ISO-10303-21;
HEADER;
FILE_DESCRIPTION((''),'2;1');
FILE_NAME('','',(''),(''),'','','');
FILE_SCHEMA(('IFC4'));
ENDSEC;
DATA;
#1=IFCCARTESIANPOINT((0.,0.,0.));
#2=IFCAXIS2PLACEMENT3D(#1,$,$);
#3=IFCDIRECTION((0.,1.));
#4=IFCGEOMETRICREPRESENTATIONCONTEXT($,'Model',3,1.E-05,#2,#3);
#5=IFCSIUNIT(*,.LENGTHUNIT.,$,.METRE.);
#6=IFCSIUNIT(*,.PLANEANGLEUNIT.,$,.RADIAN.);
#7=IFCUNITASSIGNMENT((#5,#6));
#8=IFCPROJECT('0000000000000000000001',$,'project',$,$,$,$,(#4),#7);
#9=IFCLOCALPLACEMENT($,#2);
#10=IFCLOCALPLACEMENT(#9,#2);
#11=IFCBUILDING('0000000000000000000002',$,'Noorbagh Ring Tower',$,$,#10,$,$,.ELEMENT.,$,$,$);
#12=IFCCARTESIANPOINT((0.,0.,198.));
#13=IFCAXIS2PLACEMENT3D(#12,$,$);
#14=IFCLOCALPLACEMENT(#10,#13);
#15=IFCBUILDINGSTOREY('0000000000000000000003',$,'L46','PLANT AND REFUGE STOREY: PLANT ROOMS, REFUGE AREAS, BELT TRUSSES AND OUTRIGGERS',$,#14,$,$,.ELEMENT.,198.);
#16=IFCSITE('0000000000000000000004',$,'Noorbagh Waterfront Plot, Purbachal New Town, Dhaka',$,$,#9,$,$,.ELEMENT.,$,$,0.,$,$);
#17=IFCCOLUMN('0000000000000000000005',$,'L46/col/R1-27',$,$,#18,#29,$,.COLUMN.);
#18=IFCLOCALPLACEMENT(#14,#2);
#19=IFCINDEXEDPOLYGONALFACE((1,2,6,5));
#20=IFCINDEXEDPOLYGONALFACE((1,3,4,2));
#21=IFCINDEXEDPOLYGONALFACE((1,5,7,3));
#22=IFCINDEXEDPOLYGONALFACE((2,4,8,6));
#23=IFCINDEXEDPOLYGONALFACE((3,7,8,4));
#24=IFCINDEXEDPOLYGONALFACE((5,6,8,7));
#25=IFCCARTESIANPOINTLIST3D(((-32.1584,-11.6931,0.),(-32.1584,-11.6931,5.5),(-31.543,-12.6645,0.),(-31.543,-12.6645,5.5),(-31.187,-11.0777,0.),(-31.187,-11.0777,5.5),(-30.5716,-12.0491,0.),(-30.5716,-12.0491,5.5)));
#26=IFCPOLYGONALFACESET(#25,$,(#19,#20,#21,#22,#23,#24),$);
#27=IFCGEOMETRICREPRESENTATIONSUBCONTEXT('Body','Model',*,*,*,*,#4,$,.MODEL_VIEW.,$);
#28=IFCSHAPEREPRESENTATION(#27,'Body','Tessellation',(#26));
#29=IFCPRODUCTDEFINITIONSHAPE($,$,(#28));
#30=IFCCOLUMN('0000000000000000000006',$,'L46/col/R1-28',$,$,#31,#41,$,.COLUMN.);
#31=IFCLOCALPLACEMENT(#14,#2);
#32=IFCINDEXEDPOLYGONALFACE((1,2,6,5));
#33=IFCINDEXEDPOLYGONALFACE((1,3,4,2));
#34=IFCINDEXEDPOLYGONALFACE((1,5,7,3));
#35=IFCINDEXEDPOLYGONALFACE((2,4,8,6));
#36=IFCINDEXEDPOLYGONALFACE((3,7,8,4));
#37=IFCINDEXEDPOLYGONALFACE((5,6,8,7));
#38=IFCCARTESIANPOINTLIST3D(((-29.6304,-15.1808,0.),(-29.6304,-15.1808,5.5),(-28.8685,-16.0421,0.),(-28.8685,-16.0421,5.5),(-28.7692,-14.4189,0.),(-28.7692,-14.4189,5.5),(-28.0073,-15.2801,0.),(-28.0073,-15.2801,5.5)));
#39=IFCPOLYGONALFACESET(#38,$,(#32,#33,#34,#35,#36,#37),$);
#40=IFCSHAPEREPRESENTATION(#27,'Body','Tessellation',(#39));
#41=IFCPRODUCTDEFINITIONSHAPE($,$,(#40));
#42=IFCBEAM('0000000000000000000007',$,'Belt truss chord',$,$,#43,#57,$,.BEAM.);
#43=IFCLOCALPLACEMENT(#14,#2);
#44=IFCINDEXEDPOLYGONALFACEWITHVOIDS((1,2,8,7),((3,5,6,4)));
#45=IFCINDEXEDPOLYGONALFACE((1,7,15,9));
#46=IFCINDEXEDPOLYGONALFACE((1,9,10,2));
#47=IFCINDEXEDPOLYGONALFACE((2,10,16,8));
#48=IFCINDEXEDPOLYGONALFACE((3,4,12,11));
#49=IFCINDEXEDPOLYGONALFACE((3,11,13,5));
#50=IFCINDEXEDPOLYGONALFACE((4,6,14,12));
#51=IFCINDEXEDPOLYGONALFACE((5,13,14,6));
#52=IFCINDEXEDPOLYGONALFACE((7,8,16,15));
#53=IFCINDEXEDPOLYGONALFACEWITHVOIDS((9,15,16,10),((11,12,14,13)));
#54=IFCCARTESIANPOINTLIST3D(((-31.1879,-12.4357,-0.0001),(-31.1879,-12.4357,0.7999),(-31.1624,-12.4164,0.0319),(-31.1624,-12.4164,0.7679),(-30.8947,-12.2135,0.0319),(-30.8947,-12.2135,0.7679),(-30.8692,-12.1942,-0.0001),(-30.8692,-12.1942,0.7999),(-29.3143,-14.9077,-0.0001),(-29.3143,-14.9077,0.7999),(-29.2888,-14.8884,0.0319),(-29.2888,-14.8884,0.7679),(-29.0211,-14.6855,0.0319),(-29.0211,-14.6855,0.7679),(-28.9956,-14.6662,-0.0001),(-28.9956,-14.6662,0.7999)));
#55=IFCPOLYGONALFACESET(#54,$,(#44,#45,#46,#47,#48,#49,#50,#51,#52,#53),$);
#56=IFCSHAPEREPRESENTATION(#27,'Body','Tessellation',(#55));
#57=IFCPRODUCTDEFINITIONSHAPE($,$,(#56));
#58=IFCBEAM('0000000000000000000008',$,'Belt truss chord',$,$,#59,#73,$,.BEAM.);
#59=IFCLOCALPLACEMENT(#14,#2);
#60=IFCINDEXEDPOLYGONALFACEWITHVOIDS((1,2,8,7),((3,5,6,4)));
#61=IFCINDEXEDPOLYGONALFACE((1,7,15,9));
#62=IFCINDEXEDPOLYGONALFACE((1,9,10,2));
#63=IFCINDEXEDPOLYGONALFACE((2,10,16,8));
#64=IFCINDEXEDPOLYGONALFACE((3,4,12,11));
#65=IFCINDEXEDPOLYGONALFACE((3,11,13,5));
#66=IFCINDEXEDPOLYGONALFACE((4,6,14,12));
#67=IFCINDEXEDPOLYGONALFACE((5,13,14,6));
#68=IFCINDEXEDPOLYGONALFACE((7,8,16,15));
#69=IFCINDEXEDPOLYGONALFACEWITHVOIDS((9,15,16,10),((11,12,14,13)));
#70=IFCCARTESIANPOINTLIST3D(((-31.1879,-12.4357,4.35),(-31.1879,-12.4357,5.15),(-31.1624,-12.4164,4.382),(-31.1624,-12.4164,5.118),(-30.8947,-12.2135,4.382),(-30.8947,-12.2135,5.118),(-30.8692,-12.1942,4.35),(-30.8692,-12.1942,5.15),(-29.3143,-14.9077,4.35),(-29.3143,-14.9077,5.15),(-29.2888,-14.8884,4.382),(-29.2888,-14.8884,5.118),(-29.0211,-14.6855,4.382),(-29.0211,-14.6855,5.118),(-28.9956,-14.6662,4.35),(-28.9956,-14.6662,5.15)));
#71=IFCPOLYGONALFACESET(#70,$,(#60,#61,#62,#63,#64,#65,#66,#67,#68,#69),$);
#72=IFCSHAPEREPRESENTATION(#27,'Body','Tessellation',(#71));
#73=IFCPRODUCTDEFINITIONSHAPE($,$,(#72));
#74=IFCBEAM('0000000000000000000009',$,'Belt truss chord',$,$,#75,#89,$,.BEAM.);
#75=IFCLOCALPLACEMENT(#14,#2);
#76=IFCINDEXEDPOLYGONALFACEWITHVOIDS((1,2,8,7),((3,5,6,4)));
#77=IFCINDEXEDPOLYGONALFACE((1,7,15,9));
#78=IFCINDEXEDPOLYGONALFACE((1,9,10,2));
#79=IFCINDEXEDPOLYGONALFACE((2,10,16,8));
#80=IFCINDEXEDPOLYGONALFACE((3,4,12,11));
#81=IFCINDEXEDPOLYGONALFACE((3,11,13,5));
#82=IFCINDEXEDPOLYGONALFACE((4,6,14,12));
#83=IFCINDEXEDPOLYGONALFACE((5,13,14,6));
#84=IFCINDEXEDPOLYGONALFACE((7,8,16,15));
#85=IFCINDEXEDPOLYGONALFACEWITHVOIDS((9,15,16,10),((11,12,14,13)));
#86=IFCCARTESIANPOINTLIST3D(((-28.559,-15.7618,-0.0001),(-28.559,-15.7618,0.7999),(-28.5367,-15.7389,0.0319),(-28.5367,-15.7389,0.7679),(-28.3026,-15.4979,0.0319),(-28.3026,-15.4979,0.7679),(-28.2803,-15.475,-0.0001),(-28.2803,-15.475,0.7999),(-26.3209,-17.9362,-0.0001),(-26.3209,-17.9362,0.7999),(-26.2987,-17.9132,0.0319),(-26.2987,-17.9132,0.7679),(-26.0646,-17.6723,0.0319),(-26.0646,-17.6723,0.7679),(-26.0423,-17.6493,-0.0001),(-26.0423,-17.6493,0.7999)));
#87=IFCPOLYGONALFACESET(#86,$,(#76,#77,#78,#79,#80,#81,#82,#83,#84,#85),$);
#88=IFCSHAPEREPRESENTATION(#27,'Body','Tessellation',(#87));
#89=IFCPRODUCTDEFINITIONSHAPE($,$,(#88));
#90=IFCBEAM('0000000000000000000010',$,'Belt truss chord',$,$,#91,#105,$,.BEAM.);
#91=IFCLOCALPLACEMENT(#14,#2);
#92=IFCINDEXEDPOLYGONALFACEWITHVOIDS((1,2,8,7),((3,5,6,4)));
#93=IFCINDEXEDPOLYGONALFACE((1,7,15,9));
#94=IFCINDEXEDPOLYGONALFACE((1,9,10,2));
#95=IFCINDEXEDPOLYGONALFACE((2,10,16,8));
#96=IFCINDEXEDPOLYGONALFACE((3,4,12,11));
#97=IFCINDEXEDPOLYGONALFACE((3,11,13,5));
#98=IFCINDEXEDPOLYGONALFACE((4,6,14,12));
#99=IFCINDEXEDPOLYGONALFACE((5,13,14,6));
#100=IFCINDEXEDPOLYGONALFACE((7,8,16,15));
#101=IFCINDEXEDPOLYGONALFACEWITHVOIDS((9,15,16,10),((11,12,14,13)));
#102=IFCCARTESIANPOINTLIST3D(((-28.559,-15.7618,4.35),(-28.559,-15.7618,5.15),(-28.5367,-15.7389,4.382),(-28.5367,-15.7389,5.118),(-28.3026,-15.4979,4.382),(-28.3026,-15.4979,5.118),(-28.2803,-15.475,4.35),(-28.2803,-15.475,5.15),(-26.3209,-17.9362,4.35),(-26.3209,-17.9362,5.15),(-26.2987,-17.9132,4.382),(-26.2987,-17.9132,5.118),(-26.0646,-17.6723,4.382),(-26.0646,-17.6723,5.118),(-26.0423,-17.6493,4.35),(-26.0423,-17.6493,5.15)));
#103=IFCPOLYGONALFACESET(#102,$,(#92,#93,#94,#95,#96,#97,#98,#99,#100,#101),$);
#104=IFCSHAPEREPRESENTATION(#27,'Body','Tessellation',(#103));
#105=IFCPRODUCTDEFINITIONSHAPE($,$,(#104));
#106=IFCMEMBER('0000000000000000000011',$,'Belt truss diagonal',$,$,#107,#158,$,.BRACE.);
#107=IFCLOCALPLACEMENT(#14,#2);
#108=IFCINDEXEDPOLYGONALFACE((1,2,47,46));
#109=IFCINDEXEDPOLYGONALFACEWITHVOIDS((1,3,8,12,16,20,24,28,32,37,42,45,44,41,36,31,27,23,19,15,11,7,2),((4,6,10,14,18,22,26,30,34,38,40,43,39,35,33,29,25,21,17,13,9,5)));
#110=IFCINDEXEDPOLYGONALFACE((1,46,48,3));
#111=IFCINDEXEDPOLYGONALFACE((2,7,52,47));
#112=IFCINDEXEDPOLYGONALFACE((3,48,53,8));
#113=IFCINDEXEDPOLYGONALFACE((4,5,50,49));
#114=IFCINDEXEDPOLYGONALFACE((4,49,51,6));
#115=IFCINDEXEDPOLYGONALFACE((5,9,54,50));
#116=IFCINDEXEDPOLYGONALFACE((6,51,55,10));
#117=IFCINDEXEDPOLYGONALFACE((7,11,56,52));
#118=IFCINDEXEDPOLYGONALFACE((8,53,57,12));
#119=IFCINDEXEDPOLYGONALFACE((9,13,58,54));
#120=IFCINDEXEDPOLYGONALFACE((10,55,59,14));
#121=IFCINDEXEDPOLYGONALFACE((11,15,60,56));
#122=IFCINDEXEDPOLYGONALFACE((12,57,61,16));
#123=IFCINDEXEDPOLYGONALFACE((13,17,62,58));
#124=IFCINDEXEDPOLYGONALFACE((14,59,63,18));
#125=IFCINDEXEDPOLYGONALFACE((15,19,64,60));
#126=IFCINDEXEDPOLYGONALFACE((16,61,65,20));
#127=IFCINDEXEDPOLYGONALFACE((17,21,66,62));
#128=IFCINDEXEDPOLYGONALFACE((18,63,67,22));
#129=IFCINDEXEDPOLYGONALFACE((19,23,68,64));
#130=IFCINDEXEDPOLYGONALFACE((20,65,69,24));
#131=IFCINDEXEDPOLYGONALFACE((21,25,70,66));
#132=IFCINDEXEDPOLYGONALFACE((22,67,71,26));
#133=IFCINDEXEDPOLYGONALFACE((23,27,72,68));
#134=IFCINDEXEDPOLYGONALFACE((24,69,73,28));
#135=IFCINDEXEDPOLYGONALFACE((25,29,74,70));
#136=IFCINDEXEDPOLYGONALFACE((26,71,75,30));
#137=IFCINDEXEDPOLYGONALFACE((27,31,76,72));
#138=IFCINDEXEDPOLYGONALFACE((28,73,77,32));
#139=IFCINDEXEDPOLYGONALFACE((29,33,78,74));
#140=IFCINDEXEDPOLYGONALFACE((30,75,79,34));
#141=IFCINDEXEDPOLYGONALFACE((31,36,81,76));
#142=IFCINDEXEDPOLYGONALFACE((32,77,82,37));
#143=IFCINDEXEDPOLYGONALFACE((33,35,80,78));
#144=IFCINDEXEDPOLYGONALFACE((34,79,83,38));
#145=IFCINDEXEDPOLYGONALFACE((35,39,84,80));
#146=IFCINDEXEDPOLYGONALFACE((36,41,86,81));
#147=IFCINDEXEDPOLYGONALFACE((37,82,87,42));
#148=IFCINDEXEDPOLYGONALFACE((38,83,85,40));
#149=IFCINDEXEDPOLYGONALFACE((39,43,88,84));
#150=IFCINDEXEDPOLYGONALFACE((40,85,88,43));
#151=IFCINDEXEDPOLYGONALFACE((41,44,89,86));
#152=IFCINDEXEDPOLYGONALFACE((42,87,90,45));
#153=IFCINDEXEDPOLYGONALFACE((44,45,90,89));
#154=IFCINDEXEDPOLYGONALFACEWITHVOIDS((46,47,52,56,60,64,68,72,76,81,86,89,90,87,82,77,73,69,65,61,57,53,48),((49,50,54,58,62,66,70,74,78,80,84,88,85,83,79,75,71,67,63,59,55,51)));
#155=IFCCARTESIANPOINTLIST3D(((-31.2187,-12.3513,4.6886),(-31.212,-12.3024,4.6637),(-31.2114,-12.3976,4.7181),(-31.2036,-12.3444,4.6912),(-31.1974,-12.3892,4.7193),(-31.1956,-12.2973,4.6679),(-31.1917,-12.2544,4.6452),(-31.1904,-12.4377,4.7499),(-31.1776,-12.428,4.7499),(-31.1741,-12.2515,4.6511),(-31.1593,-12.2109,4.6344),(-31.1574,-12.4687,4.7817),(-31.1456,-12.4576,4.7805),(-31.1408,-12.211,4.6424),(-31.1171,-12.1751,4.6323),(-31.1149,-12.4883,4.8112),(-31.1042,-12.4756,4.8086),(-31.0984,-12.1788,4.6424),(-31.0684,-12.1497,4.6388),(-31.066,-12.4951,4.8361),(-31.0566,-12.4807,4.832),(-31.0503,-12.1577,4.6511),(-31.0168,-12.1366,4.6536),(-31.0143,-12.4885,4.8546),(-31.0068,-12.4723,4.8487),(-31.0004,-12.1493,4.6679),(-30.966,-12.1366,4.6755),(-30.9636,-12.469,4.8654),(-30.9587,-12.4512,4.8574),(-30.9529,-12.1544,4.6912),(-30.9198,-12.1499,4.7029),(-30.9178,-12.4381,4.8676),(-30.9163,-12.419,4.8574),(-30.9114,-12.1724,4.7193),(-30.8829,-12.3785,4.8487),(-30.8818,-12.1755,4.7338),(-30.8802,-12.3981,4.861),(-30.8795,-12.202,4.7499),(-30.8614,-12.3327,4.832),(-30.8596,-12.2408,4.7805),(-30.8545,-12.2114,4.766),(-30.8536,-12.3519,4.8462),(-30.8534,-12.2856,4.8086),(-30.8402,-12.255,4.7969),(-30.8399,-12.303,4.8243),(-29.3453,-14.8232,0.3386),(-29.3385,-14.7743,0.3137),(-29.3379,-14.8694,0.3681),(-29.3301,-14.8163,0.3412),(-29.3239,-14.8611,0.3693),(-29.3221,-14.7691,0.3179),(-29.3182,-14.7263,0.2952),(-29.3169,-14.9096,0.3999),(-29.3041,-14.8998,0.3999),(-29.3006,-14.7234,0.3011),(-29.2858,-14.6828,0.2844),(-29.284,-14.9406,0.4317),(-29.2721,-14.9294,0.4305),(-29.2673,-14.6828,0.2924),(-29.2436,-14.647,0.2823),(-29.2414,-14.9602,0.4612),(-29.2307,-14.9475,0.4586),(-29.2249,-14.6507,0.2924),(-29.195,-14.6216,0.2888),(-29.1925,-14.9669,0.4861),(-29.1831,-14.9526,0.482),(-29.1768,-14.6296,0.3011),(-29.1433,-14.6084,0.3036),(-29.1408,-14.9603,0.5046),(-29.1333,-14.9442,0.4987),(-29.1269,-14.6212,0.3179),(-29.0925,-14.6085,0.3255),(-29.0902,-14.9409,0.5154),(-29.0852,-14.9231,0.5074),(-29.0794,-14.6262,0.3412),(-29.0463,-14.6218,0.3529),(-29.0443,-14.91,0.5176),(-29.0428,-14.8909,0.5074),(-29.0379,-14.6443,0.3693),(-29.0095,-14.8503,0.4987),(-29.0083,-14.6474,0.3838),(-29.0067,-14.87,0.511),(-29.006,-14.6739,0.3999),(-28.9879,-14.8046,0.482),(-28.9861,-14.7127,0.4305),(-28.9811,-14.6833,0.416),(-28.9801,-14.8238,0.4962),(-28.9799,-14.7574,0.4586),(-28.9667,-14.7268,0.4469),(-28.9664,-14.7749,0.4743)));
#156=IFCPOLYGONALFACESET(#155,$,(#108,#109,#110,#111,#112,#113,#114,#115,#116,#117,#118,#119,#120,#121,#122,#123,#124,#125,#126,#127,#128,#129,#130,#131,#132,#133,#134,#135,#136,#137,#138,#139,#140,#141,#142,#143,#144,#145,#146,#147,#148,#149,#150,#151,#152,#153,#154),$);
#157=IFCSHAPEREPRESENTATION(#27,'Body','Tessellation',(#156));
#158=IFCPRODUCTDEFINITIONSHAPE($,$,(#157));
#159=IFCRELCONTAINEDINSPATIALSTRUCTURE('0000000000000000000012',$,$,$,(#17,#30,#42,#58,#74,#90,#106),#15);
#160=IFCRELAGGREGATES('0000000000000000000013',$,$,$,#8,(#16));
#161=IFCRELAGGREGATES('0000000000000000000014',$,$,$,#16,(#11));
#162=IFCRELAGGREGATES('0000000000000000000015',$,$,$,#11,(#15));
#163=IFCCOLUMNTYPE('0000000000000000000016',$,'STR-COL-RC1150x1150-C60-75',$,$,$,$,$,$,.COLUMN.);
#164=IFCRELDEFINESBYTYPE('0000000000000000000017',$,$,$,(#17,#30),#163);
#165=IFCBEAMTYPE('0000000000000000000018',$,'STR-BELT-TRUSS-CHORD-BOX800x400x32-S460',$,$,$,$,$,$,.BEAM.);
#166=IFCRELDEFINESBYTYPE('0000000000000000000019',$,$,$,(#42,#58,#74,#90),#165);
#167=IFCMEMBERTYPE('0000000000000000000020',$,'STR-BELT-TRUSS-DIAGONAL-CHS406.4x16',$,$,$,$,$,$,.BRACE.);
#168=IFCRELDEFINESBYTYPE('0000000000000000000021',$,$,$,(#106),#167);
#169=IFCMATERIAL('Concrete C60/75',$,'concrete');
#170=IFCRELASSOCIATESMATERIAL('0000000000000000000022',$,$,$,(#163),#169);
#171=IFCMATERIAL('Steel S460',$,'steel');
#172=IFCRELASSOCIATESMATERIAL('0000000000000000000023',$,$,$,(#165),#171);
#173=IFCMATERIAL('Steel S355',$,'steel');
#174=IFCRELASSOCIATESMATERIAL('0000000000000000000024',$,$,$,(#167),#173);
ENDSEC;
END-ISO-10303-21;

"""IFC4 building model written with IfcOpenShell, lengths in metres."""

from ifc_helpers import new_model, si_unit, direction, frame, origin, origin_2d, place, context, subcontext, project, spatial, rectangle, hollow_rectangle, hollow_circle, extrude, material, material_profile, profile_set, type_object, element, save


model = new_model("IFC4")

# Units and contexts
model_context = context("Model", 3, precision=1e-05, world=origin(), true_north=direction((0.0, 1.0)))
body_context = subcontext(model_context, "Body", "Model", "MODEL_VIEW")
ifc_project = project(units=[si_unit("LENGTHUNIT", "METRE"), si_unit("PLANEANGLEUNIT", "RADIAN")], contexts=[model_context])

# Site, building, storey
site_placement = place(None, origin())
site = spatial("IfcSite", under=ifc_project, at=site_placement, Name="Noorbagh Waterfront Plot, Purbachal New Town, Dhaka", CompositionType="ELEMENT", RefElevation=0.0)
building_placement = place(site_placement, origin())
building = spatial("IfcBuilding", under=site, at=building_placement, Name="Noorbagh Ring Tower", CompositionType="ELEMENT")
storey_placement = place(building_placement, frame((0.0, 0.0, 198.0)))
storey = spatial("IfcBuildingStorey", under=building, at=storey_placement, Name="L46", Description="PLANT AND REFUGE STOREY: PLANT ROOMS, REFUGE AREAS, BELT TRUSSES AND OUTRIGGERS", CompositionType="ELEMENT", Elevation=198.0)

# Columns
ifc_material_1 = material(Name="Concrete C60/75", Category="concrete")
ifc_material_profile_1 = material_profile(ifc_material_1, rectangle(XDim=1.1499, YDim=1.1499, at=origin_2d()), Name="RC1150x1150")
ifc_profile_set_1 = profile_set([ifc_material_profile_1], Name="Concrete C60/75")
column_type = type_object("IfcColumnType", Name="STR-COL-RC1150x1150-C60-75", PredefinedType="COLUMN", material=ifc_profile_set_1)
for number, where, z_axis, x_axis, name in (
    (1, (-31.365, -11.8711, 0.0), (0.0, 0.0, 1.0), (0.53519, -0.844731, 0.0), "L46/col/R1-27"),
    (2, (-28.8188, -15.2305, 0.0), (0.0, 0.0, 1.0), (0.662636, -0.748942, 0.0), "L46/col/R1-28"),
):
    element("IfcColumn", number, at=place(storey_placement, frame(where, z_axis=z_axis, x_axis=x_axis)), inside=storey, type_object=column_type, Name=name, PredefinedType="COLUMN", context=body_context, shape_type="SweptSolid", body=[
        extrude(rectangle(XDim=1.1499, YDim=1.1499, at=origin_2d()), origin(), (0.0, 0.0, 1.0), 5.5),
    ])

# Beams
ifc_material_2 = material(Name="Steel S460", Category="steel")
ifc_material_profile_2 = material_profile(ifc_material_2, hollow_rectangle(XDim=0.3999, YDim=0.8, WallThickness=0.032, at=origin_2d()), Name="BOX800x400x32")
ifc_profile_set_2 = profile_set([ifc_material_profile_2], Name="Steel S460")
beam_type_1 = type_object("IfcBeamType", Name="STR-BELT-TRUSS-CHORD-BOX800x400x32-S460", PredefinedType="BEAM", material=ifc_profile_set_2)
for number, where, z_axis, x_axis, name in (
    (3, (-31.0286, -12.3149, 0.3999), (0.604035, -0.796958, 0.0), (0.796958, 0.604035, 0.0), "Belt truss chord"),
    (4, (-31.0286, -12.3149, 4.75), (0.604035, -0.796958, 0.0), (0.796958, 0.604035, 0.0), "Belt truss chord"),
):
    element("IfcBeam", number, at=place(storey_placement, frame(where, z_axis=z_axis, x_axis=x_axis)), inside=storey, type_object=beam_type_1, Name=name, PredefinedType="BEAM", context=body_context, shape_type="SweptSolid", body=[
        extrude(hollow_rectangle(XDim=0.3999, YDim=0.8, WallThickness=0.032, at=origin_2d()), origin(), (0.0, 0.0, 1.0), 3.1018),
    ])
for number, where, z_axis, x_axis, name in (
    (5, (-28.4197, -15.6184, 0.3999), (0.717244, -0.696822, 0.0), (0.696822, 0.717244, 0.0), "Belt truss chord"),
    (6, (-28.4197, -15.6184, 4.75), (0.717244, -0.696822, 0.0), (0.696822, 0.717244, 0.0), "Belt truss chord"),
):
    element("IfcBeam", number, at=place(storey_placement, frame(where, z_axis=z_axis, x_axis=x_axis)), inside=storey, type_object=beam_type_1, Name=name, PredefinedType="BEAM", context=body_context, shape_type="SweptSolid", body=[
        extrude(hollow_rectangle(XDim=0.3999, YDim=0.8, WallThickness=0.032, at=origin_2d()), origin(), (0.0, 0.0, 1.0), 3.1204),
    ])

# Member
ifc_material_3 = material(Name="Steel S355", Category="steel")
ifc_material_profile_3 = material_profile(ifc_material_3, hollow_circle(Radius=0.2031, WallThickness=0.0161, at=origin_2d()), Name="CHS406.4x16")
ifc_profile_set_3 = profile_set([ifc_material_profile_3], Name="Steel S355")
member_type = type_object("IfcMemberType", Name="STR-BELT-TRUSS-DIAGONAL-CHS406.4x16", PredefinedType="BRACE", material=ifc_profile_set_3)
member_1_placement = place(storey_placement, frame((-29.155, -14.7869, 0.3999), z_axis=(-0.350675, 0.462678, 0.814221), x_axis=(-0.796958, -0.604035, 0.0)))
element("IfcMember", 7, at=member_1_placement, inside=storey, type_object=member_type, Name="Belt truss diagonal", PredefinedType="BRACE", context=body_context, shape_type="SweptSolid", body=[
    extrude(hollow_circle(Radius=0.2031, WallThickness=0.0161, at=origin_2d()), origin(), (0.0, 0.0, 1.0), 5.3425),
])

save(model, "model.ifc")
